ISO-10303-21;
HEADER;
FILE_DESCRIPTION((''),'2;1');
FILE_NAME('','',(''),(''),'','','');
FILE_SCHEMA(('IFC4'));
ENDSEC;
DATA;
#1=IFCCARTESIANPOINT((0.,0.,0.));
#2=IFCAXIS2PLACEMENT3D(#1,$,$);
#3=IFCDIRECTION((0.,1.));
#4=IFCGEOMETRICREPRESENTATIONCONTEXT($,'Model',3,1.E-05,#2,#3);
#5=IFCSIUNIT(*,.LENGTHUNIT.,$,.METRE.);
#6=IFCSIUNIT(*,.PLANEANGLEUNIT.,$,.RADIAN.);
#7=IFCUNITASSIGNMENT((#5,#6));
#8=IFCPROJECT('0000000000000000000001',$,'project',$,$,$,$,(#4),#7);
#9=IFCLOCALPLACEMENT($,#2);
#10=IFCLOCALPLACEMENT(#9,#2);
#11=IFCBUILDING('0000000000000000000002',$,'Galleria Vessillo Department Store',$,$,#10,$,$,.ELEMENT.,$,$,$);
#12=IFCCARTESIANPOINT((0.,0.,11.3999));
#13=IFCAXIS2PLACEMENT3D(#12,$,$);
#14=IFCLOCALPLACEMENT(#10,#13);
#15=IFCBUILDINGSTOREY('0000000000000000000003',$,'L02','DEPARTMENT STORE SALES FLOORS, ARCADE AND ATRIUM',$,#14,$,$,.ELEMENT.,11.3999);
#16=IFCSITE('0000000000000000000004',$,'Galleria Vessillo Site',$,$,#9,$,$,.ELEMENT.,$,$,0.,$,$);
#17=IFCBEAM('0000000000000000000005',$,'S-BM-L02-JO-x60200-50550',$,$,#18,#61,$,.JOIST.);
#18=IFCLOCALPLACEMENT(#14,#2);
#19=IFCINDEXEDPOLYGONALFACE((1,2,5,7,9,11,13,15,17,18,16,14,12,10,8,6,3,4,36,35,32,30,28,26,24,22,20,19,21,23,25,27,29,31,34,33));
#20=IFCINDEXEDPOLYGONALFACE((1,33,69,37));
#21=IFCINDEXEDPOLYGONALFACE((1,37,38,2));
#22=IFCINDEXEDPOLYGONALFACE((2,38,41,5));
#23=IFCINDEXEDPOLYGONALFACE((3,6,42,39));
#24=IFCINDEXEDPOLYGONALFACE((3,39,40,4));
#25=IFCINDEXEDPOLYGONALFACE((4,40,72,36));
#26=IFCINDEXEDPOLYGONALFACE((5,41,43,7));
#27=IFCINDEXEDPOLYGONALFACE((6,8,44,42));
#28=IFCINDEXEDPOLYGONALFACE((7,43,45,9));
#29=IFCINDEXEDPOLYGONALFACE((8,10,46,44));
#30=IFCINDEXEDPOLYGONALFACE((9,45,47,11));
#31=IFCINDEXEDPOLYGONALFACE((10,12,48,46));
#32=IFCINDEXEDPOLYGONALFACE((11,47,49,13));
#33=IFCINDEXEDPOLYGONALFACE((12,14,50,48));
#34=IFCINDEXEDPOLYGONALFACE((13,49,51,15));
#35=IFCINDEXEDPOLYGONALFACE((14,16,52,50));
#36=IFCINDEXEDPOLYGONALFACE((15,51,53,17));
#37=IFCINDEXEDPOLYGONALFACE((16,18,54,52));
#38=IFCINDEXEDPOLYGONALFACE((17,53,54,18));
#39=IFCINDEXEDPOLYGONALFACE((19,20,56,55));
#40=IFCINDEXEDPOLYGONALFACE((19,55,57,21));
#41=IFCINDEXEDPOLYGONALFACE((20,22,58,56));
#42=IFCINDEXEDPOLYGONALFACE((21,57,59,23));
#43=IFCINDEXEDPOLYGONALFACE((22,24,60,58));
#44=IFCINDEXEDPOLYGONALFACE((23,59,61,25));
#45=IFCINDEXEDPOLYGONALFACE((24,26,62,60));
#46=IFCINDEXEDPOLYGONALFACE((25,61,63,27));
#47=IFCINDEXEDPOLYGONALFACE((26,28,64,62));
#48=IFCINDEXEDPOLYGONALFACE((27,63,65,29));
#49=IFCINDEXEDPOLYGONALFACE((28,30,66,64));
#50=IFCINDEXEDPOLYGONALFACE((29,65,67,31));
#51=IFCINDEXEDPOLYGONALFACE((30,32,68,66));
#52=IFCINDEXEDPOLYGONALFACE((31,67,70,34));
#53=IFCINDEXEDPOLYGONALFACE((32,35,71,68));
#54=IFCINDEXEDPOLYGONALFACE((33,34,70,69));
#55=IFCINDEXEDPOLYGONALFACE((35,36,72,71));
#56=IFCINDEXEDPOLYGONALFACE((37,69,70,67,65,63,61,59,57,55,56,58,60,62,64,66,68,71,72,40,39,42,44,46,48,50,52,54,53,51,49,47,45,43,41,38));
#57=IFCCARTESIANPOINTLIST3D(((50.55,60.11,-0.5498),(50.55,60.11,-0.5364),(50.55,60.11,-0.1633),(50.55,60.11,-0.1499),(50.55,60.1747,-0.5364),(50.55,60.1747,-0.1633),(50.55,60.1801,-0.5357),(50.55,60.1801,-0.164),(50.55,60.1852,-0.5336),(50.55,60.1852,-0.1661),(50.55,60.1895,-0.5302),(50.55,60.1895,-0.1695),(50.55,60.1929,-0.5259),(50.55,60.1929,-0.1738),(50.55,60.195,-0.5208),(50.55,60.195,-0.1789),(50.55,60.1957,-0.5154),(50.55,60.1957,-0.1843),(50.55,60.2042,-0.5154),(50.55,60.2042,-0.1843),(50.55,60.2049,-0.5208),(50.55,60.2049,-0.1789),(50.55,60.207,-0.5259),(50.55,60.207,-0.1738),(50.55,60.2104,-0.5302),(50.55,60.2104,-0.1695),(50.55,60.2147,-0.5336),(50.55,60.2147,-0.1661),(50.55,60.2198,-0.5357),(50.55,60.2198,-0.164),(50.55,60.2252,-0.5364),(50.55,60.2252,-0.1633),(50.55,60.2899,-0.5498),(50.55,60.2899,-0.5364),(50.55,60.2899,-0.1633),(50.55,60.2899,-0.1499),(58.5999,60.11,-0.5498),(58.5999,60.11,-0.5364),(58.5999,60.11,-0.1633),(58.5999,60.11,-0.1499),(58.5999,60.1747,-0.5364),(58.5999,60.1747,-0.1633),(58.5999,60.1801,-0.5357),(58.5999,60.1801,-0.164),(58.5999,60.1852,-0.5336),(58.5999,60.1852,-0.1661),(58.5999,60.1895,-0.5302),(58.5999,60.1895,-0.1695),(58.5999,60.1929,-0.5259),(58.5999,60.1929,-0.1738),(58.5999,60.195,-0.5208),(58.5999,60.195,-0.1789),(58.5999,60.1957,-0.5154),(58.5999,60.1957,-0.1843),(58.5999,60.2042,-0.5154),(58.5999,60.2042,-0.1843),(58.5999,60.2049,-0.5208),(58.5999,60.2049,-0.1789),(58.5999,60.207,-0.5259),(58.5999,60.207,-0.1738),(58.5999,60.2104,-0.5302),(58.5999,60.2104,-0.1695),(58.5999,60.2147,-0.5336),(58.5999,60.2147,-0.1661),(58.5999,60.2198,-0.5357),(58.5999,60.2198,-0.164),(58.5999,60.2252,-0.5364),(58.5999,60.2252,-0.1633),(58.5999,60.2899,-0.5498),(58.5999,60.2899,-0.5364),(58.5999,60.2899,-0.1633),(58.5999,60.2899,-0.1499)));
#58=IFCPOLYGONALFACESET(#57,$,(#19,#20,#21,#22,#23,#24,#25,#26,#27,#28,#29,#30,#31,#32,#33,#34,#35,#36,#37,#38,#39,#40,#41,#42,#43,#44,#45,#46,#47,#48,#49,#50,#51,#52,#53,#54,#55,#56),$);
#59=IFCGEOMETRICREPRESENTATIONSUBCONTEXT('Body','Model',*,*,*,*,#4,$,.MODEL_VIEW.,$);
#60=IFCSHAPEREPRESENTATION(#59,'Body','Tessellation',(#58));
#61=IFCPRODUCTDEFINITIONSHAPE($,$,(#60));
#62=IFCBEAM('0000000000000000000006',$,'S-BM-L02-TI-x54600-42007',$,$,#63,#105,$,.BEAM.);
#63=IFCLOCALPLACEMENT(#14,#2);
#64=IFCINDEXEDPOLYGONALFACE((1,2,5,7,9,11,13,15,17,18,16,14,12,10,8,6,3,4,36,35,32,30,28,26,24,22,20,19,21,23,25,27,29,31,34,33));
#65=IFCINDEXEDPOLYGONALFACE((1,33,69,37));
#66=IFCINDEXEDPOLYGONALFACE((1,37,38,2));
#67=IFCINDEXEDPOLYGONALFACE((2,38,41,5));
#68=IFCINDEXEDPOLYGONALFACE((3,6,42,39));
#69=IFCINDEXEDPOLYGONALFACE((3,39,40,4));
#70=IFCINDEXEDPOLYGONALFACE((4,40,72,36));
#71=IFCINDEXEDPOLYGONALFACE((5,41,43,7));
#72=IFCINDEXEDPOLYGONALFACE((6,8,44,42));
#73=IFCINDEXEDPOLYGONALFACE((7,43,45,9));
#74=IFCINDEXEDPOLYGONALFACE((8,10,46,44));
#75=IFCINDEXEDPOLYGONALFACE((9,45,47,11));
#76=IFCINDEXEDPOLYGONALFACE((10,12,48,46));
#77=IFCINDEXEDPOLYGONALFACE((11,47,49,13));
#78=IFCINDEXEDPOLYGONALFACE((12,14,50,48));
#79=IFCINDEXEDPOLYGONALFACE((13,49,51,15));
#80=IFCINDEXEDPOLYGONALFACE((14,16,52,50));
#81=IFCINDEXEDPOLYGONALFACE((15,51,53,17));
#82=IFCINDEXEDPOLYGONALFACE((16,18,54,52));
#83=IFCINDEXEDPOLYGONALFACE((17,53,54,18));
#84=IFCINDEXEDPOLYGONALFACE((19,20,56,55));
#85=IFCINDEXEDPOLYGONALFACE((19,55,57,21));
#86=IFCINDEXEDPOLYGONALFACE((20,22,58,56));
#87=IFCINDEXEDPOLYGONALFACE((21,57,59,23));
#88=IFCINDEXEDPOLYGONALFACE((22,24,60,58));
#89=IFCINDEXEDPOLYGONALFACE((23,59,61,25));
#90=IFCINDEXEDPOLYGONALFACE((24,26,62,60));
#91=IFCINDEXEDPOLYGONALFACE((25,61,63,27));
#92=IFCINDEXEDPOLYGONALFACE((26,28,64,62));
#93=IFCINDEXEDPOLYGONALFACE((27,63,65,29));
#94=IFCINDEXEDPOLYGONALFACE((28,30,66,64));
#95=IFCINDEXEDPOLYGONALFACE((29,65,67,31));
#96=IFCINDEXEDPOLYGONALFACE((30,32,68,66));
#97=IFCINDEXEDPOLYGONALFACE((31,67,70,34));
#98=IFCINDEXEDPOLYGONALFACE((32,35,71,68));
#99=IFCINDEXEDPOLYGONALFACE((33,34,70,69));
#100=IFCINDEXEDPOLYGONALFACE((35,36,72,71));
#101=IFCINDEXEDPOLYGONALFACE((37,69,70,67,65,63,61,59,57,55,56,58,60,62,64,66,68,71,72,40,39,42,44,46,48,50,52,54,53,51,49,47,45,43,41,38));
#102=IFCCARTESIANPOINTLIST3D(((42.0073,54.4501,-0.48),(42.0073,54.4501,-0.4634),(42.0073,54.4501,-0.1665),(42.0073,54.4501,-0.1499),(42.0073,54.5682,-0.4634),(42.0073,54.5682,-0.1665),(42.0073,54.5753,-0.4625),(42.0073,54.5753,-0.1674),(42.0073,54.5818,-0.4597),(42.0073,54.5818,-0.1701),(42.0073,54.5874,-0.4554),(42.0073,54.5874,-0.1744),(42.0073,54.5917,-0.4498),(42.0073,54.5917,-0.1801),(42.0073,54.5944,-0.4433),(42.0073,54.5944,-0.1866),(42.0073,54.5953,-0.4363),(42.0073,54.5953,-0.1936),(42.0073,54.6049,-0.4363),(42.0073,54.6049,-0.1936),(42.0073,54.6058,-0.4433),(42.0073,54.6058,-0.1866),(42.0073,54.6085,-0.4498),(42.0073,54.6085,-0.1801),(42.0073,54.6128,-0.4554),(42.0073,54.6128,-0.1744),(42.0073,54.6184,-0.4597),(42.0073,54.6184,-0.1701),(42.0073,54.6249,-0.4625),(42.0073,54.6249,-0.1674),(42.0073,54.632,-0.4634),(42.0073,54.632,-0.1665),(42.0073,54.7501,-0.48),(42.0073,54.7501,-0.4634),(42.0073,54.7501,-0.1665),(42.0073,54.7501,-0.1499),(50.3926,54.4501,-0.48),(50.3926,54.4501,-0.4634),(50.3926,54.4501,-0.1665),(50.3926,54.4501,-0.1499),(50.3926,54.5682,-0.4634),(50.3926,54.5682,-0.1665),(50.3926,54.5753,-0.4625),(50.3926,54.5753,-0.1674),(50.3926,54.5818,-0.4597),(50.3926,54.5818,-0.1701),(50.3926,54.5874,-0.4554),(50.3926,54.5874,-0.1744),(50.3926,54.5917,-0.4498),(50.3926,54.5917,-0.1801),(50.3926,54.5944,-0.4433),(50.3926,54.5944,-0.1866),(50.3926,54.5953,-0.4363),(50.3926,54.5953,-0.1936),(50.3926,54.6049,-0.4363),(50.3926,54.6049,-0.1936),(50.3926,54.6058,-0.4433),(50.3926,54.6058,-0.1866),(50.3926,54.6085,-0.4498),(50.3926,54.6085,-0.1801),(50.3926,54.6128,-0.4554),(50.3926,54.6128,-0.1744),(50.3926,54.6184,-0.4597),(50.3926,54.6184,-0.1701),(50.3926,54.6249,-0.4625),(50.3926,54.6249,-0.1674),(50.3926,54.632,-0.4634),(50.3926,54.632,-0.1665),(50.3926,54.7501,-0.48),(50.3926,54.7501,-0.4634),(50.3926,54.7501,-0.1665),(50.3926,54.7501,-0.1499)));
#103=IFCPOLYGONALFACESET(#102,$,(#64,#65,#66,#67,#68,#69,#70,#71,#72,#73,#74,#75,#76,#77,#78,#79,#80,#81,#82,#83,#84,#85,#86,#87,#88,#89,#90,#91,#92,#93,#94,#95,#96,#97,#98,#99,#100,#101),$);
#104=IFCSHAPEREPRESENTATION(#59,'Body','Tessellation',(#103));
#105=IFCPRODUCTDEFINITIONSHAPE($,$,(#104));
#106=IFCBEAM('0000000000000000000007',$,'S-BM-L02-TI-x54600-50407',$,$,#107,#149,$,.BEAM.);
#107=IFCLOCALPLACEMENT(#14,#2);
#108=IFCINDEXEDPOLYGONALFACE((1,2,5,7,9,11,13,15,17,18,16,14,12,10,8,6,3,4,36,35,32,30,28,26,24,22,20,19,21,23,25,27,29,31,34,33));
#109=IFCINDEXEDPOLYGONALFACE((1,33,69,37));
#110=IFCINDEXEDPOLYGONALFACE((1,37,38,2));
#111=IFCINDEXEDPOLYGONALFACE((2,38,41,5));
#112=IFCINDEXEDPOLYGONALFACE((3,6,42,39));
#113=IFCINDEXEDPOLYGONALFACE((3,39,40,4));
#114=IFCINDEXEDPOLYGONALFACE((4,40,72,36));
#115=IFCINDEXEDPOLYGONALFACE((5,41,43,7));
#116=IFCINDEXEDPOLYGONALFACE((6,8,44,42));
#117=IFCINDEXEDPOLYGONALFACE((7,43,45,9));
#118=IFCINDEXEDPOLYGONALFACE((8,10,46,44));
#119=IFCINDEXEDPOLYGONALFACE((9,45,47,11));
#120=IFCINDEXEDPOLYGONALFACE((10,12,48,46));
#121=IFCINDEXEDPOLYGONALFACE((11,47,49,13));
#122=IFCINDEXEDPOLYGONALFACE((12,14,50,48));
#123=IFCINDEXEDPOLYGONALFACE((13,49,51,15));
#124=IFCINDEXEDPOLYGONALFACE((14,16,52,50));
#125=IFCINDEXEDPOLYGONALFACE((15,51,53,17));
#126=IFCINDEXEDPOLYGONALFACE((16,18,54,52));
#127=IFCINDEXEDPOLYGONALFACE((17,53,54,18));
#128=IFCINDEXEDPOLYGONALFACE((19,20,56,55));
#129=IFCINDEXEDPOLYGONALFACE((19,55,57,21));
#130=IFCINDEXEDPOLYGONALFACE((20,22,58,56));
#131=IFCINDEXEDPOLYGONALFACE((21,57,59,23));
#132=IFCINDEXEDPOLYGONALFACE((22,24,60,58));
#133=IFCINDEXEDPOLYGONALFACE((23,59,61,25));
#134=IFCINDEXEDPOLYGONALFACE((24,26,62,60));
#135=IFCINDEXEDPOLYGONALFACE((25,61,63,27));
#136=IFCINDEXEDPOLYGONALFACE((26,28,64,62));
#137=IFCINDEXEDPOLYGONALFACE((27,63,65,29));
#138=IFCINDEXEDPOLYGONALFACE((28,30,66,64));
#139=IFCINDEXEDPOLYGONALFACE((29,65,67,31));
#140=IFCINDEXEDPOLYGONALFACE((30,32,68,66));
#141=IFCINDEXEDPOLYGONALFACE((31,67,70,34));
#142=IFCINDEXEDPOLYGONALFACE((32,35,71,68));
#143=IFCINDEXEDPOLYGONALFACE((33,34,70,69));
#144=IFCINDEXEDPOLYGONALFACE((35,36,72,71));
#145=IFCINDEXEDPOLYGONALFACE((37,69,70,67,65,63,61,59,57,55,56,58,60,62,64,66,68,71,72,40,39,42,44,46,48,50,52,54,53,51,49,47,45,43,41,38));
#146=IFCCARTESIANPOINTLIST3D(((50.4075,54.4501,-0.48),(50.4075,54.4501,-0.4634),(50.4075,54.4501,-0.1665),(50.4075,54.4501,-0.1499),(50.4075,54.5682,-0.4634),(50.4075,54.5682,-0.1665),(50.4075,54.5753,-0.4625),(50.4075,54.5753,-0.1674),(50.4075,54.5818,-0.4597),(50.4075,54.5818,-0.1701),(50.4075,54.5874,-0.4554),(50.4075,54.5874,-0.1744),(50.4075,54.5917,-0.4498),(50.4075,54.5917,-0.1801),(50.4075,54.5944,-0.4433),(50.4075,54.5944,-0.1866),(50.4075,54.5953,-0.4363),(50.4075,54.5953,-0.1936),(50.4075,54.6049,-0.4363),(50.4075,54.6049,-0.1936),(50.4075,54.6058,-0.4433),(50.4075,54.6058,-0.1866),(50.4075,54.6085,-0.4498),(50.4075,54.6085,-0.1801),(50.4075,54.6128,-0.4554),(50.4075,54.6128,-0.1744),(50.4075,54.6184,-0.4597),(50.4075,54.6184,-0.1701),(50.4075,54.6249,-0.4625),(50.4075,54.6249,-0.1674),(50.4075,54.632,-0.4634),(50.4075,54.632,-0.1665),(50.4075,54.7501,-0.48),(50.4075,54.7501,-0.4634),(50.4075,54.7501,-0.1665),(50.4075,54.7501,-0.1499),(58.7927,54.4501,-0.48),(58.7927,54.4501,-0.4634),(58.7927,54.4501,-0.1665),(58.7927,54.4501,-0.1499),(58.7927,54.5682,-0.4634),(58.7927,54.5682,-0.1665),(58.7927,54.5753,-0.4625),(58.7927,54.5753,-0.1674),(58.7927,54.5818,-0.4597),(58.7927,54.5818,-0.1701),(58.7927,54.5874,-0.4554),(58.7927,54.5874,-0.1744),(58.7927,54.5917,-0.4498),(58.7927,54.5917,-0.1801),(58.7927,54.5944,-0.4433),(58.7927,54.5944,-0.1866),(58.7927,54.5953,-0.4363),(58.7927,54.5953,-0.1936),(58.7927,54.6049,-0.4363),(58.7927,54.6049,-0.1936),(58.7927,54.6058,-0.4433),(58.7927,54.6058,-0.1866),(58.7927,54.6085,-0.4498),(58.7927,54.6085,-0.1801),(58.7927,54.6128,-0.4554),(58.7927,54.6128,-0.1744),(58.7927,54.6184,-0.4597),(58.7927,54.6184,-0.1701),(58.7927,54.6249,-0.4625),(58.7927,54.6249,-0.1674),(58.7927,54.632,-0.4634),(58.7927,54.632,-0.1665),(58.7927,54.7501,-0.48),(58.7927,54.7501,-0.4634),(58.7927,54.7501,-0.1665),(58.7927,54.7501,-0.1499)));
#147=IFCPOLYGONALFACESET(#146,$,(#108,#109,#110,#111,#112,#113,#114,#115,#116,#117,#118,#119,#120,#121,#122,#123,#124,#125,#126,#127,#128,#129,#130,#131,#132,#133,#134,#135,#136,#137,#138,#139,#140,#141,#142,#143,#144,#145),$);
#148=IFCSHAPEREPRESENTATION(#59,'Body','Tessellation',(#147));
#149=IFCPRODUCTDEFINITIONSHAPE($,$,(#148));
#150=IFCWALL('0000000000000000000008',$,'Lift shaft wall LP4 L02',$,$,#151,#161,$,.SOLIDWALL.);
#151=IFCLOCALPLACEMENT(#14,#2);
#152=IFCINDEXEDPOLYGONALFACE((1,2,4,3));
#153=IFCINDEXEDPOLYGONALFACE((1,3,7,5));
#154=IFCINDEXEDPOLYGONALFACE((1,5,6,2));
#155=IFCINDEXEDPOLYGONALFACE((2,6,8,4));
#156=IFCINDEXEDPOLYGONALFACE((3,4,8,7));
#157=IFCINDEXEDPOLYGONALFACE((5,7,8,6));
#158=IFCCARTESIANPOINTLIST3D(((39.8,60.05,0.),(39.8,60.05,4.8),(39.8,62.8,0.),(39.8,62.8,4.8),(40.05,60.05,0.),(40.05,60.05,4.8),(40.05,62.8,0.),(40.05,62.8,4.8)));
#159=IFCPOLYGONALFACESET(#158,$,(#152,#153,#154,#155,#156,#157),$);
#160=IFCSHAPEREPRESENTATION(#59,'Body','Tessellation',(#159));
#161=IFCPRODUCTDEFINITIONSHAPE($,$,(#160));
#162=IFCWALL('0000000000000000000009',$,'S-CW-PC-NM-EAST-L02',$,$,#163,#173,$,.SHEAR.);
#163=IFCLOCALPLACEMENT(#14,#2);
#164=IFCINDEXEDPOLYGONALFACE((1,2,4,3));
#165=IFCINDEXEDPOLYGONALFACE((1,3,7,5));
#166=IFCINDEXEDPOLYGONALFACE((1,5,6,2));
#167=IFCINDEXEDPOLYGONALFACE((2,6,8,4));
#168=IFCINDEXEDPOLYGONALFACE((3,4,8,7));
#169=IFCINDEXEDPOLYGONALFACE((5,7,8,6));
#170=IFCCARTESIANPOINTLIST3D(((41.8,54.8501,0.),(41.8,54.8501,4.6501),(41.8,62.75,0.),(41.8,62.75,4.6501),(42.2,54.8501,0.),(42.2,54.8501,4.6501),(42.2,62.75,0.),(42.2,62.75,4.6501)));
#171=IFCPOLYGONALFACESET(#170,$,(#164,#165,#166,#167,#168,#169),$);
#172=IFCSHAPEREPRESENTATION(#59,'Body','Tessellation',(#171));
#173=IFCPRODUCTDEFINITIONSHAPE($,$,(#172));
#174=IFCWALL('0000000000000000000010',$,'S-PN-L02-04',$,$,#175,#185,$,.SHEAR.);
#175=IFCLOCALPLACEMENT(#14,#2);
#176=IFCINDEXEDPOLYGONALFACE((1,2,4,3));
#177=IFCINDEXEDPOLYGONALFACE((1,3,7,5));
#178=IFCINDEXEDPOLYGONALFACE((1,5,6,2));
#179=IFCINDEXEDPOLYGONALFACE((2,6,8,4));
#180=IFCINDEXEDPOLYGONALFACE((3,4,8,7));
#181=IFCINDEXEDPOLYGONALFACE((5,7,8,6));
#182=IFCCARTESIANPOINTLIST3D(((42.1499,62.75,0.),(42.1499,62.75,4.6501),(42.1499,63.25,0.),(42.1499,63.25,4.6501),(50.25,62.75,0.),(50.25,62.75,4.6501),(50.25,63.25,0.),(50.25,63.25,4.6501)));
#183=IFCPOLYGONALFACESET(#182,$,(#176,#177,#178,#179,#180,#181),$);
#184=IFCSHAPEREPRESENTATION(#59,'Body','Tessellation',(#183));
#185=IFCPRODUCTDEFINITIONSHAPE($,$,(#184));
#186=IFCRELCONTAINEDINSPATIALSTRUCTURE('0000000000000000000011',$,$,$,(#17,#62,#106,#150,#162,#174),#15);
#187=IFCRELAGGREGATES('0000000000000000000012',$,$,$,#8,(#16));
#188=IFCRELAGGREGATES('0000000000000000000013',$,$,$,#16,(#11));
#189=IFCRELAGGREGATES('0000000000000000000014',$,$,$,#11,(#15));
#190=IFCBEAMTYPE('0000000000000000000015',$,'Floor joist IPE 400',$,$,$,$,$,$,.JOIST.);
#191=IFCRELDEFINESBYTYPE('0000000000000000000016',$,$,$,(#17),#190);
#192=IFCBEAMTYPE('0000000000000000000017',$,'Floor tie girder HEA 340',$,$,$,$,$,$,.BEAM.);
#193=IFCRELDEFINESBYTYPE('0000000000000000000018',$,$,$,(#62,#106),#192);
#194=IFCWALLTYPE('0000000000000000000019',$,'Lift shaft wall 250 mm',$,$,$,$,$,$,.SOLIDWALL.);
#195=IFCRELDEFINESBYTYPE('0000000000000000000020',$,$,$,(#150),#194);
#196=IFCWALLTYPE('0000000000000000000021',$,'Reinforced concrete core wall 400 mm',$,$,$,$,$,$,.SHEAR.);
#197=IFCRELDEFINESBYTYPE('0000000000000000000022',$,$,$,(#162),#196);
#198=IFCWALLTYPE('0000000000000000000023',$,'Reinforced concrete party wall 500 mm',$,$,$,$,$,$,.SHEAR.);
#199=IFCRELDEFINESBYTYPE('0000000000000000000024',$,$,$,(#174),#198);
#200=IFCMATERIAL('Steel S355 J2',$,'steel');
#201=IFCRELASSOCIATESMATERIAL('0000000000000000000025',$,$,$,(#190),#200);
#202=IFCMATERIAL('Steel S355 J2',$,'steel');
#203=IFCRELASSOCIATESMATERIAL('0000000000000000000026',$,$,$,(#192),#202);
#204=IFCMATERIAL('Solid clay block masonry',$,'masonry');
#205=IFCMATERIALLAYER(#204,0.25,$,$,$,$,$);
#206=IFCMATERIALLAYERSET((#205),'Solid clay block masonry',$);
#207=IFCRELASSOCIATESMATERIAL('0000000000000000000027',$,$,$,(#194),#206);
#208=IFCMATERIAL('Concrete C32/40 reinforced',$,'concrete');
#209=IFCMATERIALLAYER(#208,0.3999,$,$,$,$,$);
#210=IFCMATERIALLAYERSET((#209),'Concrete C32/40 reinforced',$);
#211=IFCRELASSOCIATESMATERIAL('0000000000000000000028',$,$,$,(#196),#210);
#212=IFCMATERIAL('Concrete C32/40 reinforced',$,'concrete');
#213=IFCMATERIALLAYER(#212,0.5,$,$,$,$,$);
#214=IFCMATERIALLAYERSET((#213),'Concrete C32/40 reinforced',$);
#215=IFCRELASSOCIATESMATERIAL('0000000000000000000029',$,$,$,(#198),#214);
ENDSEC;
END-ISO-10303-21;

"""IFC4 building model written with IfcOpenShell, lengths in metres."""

from ifc_helpers import new_model, si_unit, direction, frame, frame_2d, origin, origin_2d, place, context, subcontext, project, spatial, rectangle, i_section, extrude, material, layer, layer_set, material_profile, profile_set, type_object, element, save


model = new_model("IFC4")

# Units and contexts
model_context = context("Model", 3, precision=1e-05, world=origin(), true_north=direction((0.0, 1.0)))
body_context = subcontext(model_context, "Body", "Model", "MODEL_VIEW")
ifc_project = project(units=[si_unit("LENGTHUNIT", "METRE"), si_unit("PLANEANGLEUNIT", "RADIAN")], contexts=[model_context])

# Site, building, storey
site_placement = place(None, origin())
site = spatial("IfcSite", under=ifc_project, at=site_placement, Name="Galleria Vessillo Site", CompositionType="ELEMENT", RefElevation=0.0)
building_placement = place(site_placement, origin())
building = spatial("IfcBuilding", under=site, at=building_placement, Name="Galleria Vessillo Department Store", CompositionType="ELEMENT")
storey_placement = place(building_placement, frame((0.0, 0.0, 11.3999)))
storey = spatial("IfcBuildingStorey", under=building, at=storey_placement, Name="L02", Description="DEPARTMENT STORE SALES FLOORS, ARCADE AND ATRIUM", CompositionType="ELEMENT", Elevation=11.3999)

# Beams
ifc_material_1 = material(Name="Steel S355 J2", Category="steel")
ifc_material_profile_1 = material_profile(ifc_material_1, i_section(OverallWidth=0.1799, OverallDepth=0.3999, WebThickness=0.0085, FlangeThickness=0.0134, FilletRadius=0.021, at=origin_2d()), Name="IPE 400")
ifc_profile_set_1 = profile_set([ifc_material_profile_1], Name="Steel S355 J2")
beam_type_1 = type_object("IfcBeamType", Name="Floor joist IPE 400", PredefinedType="JOIST", material=ifc_profile_set_1)
for number, where, z_axis, x_axis, name in (
    (1, (50.55, 60.2, -0.3499), (1.0, 0.0, 0.0), (0.0, 1.0, 0.0), "S-BM-L02-JO-x60200-50550"),
):
    element("IfcBeam", number, at=place(storey_placement, frame(where, z_axis=z_axis, x_axis=x_axis)), inside=storey, type_object=beam_type_1, Name=name, PredefinedType="JOIST", context=body_context, shape_type="SweptSolid", body=[
        extrude(i_section(OverallWidth=0.1799, OverallDepth=0.3999, WebThickness=0.0085, FlangeThickness=0.0134, FilletRadius=0.021, at=origin_2d()), origin(), (0.0, 0.0, 1.0), 8.0498),
    ])
ifc_material_2 = material(Name="Steel S355 J2", Category="steel")
ifc_material_profile_2 = material_profile(ifc_material_2, i_section(OverallWidth=0.3, OverallDepth=0.3301, WebThickness=0.0095, FlangeThickness=0.0166, FilletRadius=0.0271, at=origin_2d()), Name="HEA 340")
ifc_profile_set_2 = profile_set([ifc_material_profile_2], Name="Steel S355 J2")
beam_type_2 = type_object("IfcBeamType", Name="Floor tie girder HEA 340", PredefinedType="BEAM", material=ifc_profile_set_2)
for number, where, z_axis, x_axis, name in (
    (2, (42.0073, 54.6001, -0.3149), (1.0, 0.0, 0.0), (0.0, 1.0, 0.0), "S-BM-L02-TI-x54600-42007"),
    (3, (50.4075, 54.6001, -0.3149), (1.0, 0.0, 0.0), (0.0, 1.0, 0.0), "S-BM-L02-TI-x54600-50407"),
):
    element("IfcBeam", number, at=place(storey_placement, frame(where, z_axis=z_axis, x_axis=x_axis)), inside=storey, type_object=beam_type_2, Name=name, PredefinedType="BEAM", context=body_context, shape_type="SweptSolid", body=[
        extrude(i_section(OverallWidth=0.3, OverallDepth=0.3301, WebThickness=0.0095, FlangeThickness=0.0166, FilletRadius=0.0271, at=origin_2d()), origin(), (0.0, 0.0, 1.0), 8.3853),
    ])

# Walls
ifc_material_3 = material(Name="Solid clay block masonry", Category="masonry")
ifc_layer_1 = layer(ifc_material_3, 0.25)
ifc_layer_set_1 = layer_set([ifc_layer_1], Name="Solid clay block masonry")
wall_type_1 = type_object("IfcWallType", Name="Lift shaft wall 250 mm", PredefinedType="SOLIDWALL", material=ifc_layer_set_1)
wall_1_placement = place(storey_placement, frame((39.925, 62.8, 0.0), z_axis=(0.0, 0.0, 1.0), x_axis=(0.0, -1.0, 0.0)))
element("IfcWall", 4, at=wall_1_placement, inside=storey, type_object=wall_type_1, Name="Lift shaft wall LP4 L02", PredefinedType="SOLIDWALL", context=body_context, shape_type="SweptSolid", body=[
    extrude(rectangle(XDim=2.75, YDim=0.25, at=frame_2d((1.375, 0.0))), origin(), (0.0, 0.0, 1.0), 4.8),
])
ifc_material_4 = material(Name="Concrete C32/40 reinforced", Category="concrete")
ifc_layer_2 = layer(ifc_material_4, 0.3999)
ifc_layer_set_2 = layer_set([ifc_layer_2], Name="Concrete C32/40 reinforced")
wall_type_2 = type_object("IfcWallType", Name="Reinforced concrete core wall 400 mm", PredefinedType="SHEAR", material=ifc_layer_set_2)
wall_2_placement = place(storey_placement, frame((42.0, 54.8501, 0.0), z_axis=(0.0, 0.0, 1.0), x_axis=(0.0, 1.0, 0.0)))
element("IfcWall", 5, at=wall_2_placement, inside=storey, type_object=wall_type_2, Name="S-CW-PC-NM-EAST-L02", PredefinedType="SHEAR", context=body_context, shape_type="SweptSolid", body=[
    extrude(rectangle(XDim=7.8999, YDim=0.3999, at=frame_2d((3.95, 0.0))), origin(), (0.0, 0.0, 1.0), 4.6501),
])
ifc_material_5 = material(Name="Concrete C32/40 reinforced", Category="concrete")
ifc_layer_3 = layer(ifc_material_5, 0.5)
ifc_layer_set_3 = layer_set([ifc_layer_3], Name="Concrete C32/40 reinforced")
wall_type_3 = type_object("IfcWallType", Name="Reinforced concrete party wall 500 mm", PredefinedType="SHEAR", material=ifc_layer_set_3)
wall_3_placement = place(storey_placement, frame((42.1499, 63.0, 0.0), z_axis=(0.0, 0.0, 1.0), x_axis=(1.0, 0.0, 0.0)))
element("IfcWall", 6, at=wall_3_placement, inside=storey, type_object=wall_type_3, Name="S-PN-L02-04", PredefinedType="SHEAR", context=body_context, shape_type="SweptSolid", body=[
    extrude(rectangle(XDim=8.1001, YDim=0.5, at=frame_2d((4.05, 0.0))), origin(), (0.0, 0.0, 1.0), 4.6501),
])

save(model, "model.ifc")
